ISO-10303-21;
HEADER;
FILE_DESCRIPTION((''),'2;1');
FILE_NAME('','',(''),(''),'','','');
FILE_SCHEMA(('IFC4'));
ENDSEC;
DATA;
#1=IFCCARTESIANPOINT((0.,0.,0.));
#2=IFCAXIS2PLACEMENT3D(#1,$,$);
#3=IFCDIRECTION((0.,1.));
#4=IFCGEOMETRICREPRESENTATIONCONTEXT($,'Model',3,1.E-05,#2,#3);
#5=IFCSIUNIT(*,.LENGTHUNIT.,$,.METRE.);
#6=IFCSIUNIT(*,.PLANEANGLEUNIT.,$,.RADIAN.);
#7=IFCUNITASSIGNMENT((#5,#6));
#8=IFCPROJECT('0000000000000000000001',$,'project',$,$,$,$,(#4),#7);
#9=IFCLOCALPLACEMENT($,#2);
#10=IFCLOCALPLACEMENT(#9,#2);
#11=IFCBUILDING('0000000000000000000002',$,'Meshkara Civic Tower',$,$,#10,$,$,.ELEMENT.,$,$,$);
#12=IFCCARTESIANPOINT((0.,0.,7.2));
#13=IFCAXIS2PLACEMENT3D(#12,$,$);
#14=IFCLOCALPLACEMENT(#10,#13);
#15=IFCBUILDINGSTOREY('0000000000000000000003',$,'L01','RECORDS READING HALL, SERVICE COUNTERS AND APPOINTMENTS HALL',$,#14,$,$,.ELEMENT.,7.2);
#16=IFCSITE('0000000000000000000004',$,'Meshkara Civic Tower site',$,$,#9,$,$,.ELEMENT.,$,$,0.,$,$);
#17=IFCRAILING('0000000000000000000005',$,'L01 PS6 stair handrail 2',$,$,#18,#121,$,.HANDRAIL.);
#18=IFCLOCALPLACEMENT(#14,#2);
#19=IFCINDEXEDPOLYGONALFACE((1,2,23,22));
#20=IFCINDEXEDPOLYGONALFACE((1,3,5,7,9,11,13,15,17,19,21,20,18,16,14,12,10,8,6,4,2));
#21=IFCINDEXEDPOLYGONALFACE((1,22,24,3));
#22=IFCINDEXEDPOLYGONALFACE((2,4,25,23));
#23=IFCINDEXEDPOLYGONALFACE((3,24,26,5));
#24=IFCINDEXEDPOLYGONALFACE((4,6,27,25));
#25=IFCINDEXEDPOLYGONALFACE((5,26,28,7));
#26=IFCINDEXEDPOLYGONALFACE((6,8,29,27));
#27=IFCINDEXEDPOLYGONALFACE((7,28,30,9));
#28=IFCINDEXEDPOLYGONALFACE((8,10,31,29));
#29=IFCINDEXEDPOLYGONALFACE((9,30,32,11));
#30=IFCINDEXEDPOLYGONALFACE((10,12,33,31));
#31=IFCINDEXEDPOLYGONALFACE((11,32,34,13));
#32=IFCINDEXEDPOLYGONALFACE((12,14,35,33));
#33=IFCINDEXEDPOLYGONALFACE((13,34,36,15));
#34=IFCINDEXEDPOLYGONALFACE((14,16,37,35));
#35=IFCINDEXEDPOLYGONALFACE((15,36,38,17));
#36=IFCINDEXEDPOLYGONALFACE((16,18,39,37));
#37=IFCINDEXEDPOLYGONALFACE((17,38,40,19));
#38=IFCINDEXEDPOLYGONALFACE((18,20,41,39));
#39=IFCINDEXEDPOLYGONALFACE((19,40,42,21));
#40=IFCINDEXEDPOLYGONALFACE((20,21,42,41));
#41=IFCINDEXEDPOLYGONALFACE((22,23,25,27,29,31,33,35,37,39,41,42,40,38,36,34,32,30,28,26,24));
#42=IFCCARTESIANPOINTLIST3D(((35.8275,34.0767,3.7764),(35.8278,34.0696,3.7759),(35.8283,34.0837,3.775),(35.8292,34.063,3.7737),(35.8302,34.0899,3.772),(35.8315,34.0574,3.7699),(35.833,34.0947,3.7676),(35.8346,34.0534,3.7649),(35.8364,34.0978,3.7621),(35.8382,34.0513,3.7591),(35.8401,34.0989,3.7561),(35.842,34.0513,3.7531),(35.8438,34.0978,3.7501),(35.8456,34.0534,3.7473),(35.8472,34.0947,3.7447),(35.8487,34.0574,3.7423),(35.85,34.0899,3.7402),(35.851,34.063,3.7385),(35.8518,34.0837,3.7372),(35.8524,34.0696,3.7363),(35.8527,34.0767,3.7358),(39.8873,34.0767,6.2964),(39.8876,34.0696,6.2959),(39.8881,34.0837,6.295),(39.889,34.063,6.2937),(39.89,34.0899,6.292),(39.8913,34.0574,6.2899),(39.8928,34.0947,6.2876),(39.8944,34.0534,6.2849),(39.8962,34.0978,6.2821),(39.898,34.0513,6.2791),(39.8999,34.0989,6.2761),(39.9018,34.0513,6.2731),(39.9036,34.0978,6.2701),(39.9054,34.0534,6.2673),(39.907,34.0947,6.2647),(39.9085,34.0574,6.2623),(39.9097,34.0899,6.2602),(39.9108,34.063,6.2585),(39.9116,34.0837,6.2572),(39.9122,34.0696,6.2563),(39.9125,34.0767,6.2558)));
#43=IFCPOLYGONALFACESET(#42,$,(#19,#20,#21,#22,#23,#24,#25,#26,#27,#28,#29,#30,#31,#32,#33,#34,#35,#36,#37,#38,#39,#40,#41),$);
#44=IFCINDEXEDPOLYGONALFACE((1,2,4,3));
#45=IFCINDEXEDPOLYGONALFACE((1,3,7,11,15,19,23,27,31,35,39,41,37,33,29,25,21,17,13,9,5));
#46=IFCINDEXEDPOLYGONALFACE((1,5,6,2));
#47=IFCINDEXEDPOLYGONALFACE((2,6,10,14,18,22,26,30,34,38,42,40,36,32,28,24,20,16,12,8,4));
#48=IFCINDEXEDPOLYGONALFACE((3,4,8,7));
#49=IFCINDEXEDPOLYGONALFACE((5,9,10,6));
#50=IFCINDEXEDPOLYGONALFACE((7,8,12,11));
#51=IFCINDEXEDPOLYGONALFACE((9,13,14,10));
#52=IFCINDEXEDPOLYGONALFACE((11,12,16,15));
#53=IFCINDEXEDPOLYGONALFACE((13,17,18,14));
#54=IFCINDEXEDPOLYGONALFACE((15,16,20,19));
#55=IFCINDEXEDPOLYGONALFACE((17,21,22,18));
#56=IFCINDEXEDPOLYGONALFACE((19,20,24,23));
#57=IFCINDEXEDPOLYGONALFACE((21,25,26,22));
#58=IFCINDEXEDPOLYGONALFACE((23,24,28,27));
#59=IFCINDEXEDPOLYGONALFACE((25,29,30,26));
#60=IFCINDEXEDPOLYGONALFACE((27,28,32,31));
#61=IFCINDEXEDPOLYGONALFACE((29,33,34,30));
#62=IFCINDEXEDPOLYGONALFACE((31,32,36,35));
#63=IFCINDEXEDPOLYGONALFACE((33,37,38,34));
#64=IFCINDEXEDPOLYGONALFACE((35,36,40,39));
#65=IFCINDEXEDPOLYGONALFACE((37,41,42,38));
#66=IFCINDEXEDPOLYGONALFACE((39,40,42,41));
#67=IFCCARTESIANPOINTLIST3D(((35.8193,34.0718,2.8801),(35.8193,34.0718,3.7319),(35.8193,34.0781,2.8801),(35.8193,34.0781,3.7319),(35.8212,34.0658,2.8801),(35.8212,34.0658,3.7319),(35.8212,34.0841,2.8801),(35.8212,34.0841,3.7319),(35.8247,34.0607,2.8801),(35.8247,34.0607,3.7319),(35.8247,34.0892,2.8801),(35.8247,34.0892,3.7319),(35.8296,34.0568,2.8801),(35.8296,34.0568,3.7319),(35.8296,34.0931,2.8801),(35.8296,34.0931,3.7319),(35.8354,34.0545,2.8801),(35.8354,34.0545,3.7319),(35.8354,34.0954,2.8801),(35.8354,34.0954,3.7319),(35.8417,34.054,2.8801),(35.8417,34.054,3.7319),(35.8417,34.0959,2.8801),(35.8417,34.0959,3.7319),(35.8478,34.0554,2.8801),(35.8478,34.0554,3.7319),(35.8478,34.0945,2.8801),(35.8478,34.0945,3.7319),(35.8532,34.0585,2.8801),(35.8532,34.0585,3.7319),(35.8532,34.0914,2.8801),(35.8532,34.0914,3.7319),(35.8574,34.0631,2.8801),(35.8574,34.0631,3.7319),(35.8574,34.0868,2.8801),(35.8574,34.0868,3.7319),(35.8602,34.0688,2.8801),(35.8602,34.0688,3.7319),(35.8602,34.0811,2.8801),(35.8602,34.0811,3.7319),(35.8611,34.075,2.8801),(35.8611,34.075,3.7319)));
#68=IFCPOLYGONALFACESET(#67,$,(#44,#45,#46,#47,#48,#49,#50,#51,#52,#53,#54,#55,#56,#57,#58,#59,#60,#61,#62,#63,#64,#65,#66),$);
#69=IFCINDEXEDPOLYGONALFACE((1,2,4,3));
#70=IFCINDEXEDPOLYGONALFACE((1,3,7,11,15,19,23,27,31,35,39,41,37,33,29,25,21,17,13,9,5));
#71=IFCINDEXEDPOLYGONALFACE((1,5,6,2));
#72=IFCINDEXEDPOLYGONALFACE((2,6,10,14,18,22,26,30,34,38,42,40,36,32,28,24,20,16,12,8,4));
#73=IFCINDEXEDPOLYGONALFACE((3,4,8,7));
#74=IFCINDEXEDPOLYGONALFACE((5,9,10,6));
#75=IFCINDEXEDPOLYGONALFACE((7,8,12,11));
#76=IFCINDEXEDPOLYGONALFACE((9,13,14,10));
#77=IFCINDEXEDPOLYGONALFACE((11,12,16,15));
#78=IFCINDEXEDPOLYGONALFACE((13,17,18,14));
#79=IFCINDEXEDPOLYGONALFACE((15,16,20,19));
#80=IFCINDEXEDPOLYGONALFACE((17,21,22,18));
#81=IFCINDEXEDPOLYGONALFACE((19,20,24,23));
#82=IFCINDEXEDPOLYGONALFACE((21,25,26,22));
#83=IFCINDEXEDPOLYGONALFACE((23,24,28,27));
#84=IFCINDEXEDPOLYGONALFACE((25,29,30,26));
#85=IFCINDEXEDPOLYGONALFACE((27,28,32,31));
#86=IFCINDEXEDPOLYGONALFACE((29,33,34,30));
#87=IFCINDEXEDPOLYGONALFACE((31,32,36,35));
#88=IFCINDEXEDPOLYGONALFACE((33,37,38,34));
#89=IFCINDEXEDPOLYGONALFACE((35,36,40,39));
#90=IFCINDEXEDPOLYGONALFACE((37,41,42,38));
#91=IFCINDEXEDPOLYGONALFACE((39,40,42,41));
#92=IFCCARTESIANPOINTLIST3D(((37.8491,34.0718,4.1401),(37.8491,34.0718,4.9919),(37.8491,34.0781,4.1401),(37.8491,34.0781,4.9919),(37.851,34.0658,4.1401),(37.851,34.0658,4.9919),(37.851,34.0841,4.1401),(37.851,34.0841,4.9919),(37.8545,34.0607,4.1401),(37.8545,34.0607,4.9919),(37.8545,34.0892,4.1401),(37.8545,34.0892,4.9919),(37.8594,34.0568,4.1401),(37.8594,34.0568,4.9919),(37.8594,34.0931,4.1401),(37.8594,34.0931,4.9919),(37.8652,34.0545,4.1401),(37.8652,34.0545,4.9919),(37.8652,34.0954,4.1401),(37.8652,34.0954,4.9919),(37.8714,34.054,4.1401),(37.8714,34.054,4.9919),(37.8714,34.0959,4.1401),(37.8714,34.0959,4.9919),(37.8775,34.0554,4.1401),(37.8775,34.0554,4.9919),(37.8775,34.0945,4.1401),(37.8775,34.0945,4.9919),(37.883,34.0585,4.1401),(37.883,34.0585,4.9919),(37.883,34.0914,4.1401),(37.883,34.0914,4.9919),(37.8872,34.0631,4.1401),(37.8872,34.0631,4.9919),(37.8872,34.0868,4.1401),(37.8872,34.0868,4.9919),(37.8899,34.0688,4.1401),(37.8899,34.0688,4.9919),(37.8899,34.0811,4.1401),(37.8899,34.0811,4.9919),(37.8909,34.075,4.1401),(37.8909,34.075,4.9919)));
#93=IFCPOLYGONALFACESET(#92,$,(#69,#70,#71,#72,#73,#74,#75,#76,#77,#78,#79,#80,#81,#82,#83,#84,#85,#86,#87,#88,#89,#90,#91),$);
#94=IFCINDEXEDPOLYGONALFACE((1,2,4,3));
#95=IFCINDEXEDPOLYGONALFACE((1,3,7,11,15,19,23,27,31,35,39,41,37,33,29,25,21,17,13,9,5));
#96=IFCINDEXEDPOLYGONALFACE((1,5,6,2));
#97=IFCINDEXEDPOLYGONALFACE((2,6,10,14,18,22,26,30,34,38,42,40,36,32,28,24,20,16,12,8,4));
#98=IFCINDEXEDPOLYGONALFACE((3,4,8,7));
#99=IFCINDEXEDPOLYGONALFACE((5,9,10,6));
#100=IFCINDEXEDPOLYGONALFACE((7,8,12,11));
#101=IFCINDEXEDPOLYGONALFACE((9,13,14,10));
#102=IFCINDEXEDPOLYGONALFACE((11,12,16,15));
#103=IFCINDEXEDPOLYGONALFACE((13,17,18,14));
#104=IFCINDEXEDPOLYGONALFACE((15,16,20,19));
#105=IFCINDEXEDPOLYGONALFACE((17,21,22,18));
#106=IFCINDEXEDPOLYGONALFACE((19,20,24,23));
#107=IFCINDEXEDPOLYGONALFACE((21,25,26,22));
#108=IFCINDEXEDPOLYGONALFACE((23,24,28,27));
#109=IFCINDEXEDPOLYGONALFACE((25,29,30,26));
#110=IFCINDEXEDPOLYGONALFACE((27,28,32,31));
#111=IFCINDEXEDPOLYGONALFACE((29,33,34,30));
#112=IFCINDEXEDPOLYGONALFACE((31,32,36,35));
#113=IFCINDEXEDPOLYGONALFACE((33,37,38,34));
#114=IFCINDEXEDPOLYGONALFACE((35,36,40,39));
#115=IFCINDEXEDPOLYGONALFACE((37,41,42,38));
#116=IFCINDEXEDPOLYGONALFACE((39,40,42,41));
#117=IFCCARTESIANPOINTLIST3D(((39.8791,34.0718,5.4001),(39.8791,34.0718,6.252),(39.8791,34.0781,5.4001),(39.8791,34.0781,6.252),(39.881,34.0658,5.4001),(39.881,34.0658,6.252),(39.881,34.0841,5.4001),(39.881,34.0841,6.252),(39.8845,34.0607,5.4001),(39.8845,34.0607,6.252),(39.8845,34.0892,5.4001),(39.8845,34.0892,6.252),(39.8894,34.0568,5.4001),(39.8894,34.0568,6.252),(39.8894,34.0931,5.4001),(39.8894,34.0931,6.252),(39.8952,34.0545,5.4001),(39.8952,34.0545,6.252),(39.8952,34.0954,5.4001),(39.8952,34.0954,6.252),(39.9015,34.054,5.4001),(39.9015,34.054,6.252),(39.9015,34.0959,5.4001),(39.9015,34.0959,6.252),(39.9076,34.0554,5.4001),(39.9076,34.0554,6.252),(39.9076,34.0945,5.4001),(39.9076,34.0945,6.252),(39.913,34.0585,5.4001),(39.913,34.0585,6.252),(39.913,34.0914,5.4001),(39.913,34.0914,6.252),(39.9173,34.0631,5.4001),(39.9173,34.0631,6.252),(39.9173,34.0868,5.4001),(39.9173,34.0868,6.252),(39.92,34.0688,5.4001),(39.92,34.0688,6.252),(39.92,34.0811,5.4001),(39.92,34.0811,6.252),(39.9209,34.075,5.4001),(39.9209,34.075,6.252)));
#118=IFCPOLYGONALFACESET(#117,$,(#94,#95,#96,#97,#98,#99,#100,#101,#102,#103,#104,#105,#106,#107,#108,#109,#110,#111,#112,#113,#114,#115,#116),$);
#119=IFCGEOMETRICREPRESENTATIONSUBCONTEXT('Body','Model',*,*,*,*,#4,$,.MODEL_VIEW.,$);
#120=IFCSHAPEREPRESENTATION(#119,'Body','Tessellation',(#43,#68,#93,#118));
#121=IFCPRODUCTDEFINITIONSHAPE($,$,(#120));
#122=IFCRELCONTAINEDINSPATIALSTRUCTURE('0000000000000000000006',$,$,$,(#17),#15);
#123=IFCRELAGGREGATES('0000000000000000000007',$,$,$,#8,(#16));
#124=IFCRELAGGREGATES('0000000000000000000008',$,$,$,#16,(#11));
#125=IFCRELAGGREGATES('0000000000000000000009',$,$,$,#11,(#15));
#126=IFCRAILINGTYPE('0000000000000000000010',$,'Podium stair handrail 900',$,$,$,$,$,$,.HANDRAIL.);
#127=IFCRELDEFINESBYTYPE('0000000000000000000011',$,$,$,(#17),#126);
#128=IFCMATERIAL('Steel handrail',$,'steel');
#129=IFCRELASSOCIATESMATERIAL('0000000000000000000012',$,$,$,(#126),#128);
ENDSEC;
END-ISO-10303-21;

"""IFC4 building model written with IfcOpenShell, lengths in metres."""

from ifc_helpers import new_model, si_unit, direction, frame, origin, origin_2d, place, context, subcontext, project, spatial, circle, extrude, material, type_object, element, save


model = new_model("IFC4")

# Units and contexts
model_context = context("Model", 3, precision=1e-05, world=origin(), true_north=direction((0.0, 1.0)))
body_context = subcontext(model_context, "Body", "Model", "MODEL_VIEW")
ifc_project = project(units=[si_unit("LENGTHUNIT", "METRE"), si_unit("PLANEANGLEUNIT", "RADIAN")], contexts=[model_context])

# Site, building, storey
site_placement = place(None, origin())
site = spatial("IfcSite", under=ifc_project, at=site_placement, Name="Meshkara Civic Tower site", CompositionType="ELEMENT", RefElevation=0.0)
building_placement = place(site_placement, origin())
building = spatial("IfcBuilding", under=site, at=building_placement, Name="Meshkara Civic Tower", CompositionType="ELEMENT")
storey_placement = place(building_placement, frame((0.0, 0.0, 7.2)))
storey = spatial("IfcBuildingStorey", under=building, at=storey_placement, Name="L01", Description="RECORDS READING HALL, SERVICE COUNTERS AND APPOINTMENTS HALL", CompositionType="ELEMENT", Elevation=7.2)

# Railing
ifc_material_1 = material(Name="Steel handrail", Category="steel")
railing_type_1 = type_object("IfcRailingType", Name="Podium stair handrail 900", PredefinedType="HANDRAIL", material=ifc_material_1)
railing_1_placement = place(storey_placement, frame((35.8401, 34.075, 2.8801)))
element("IfcRailing", 1, at=railing_1_placement, inside=storey, type_object=railing_type_1, Name="L01 PS6 stair handrail 2", PredefinedType="HANDRAIL", context=body_context, shape_type="SweptSolid", body=[
    extrude(circle(Radius=0.0239, at=origin_2d()), frame((0.0, 0.0, 0.876), z_axis=(0.849628, 0.0, 0.527383), x_axis=(0.0, 1.0, 0.0)), (0.0, 0.0, 1.0), 4.7783),
    extrude(circle(Radius=0.021, at=origin_2d()), origin(), (0.0, 0.0, 1.0), 0.8518),
    extrude(circle(Radius=0.021, at=origin_2d()), frame((2.0298, 0.0, 1.26)), (0.0, 0.0, 1.0), 0.8518),
    extrude(circle(Radius=0.021, at=origin_2d()), frame((4.0598, 0.0, 2.52)), (0.0, 0.0, 1.0), 0.8518),
])

save(model, "model.ifc")
